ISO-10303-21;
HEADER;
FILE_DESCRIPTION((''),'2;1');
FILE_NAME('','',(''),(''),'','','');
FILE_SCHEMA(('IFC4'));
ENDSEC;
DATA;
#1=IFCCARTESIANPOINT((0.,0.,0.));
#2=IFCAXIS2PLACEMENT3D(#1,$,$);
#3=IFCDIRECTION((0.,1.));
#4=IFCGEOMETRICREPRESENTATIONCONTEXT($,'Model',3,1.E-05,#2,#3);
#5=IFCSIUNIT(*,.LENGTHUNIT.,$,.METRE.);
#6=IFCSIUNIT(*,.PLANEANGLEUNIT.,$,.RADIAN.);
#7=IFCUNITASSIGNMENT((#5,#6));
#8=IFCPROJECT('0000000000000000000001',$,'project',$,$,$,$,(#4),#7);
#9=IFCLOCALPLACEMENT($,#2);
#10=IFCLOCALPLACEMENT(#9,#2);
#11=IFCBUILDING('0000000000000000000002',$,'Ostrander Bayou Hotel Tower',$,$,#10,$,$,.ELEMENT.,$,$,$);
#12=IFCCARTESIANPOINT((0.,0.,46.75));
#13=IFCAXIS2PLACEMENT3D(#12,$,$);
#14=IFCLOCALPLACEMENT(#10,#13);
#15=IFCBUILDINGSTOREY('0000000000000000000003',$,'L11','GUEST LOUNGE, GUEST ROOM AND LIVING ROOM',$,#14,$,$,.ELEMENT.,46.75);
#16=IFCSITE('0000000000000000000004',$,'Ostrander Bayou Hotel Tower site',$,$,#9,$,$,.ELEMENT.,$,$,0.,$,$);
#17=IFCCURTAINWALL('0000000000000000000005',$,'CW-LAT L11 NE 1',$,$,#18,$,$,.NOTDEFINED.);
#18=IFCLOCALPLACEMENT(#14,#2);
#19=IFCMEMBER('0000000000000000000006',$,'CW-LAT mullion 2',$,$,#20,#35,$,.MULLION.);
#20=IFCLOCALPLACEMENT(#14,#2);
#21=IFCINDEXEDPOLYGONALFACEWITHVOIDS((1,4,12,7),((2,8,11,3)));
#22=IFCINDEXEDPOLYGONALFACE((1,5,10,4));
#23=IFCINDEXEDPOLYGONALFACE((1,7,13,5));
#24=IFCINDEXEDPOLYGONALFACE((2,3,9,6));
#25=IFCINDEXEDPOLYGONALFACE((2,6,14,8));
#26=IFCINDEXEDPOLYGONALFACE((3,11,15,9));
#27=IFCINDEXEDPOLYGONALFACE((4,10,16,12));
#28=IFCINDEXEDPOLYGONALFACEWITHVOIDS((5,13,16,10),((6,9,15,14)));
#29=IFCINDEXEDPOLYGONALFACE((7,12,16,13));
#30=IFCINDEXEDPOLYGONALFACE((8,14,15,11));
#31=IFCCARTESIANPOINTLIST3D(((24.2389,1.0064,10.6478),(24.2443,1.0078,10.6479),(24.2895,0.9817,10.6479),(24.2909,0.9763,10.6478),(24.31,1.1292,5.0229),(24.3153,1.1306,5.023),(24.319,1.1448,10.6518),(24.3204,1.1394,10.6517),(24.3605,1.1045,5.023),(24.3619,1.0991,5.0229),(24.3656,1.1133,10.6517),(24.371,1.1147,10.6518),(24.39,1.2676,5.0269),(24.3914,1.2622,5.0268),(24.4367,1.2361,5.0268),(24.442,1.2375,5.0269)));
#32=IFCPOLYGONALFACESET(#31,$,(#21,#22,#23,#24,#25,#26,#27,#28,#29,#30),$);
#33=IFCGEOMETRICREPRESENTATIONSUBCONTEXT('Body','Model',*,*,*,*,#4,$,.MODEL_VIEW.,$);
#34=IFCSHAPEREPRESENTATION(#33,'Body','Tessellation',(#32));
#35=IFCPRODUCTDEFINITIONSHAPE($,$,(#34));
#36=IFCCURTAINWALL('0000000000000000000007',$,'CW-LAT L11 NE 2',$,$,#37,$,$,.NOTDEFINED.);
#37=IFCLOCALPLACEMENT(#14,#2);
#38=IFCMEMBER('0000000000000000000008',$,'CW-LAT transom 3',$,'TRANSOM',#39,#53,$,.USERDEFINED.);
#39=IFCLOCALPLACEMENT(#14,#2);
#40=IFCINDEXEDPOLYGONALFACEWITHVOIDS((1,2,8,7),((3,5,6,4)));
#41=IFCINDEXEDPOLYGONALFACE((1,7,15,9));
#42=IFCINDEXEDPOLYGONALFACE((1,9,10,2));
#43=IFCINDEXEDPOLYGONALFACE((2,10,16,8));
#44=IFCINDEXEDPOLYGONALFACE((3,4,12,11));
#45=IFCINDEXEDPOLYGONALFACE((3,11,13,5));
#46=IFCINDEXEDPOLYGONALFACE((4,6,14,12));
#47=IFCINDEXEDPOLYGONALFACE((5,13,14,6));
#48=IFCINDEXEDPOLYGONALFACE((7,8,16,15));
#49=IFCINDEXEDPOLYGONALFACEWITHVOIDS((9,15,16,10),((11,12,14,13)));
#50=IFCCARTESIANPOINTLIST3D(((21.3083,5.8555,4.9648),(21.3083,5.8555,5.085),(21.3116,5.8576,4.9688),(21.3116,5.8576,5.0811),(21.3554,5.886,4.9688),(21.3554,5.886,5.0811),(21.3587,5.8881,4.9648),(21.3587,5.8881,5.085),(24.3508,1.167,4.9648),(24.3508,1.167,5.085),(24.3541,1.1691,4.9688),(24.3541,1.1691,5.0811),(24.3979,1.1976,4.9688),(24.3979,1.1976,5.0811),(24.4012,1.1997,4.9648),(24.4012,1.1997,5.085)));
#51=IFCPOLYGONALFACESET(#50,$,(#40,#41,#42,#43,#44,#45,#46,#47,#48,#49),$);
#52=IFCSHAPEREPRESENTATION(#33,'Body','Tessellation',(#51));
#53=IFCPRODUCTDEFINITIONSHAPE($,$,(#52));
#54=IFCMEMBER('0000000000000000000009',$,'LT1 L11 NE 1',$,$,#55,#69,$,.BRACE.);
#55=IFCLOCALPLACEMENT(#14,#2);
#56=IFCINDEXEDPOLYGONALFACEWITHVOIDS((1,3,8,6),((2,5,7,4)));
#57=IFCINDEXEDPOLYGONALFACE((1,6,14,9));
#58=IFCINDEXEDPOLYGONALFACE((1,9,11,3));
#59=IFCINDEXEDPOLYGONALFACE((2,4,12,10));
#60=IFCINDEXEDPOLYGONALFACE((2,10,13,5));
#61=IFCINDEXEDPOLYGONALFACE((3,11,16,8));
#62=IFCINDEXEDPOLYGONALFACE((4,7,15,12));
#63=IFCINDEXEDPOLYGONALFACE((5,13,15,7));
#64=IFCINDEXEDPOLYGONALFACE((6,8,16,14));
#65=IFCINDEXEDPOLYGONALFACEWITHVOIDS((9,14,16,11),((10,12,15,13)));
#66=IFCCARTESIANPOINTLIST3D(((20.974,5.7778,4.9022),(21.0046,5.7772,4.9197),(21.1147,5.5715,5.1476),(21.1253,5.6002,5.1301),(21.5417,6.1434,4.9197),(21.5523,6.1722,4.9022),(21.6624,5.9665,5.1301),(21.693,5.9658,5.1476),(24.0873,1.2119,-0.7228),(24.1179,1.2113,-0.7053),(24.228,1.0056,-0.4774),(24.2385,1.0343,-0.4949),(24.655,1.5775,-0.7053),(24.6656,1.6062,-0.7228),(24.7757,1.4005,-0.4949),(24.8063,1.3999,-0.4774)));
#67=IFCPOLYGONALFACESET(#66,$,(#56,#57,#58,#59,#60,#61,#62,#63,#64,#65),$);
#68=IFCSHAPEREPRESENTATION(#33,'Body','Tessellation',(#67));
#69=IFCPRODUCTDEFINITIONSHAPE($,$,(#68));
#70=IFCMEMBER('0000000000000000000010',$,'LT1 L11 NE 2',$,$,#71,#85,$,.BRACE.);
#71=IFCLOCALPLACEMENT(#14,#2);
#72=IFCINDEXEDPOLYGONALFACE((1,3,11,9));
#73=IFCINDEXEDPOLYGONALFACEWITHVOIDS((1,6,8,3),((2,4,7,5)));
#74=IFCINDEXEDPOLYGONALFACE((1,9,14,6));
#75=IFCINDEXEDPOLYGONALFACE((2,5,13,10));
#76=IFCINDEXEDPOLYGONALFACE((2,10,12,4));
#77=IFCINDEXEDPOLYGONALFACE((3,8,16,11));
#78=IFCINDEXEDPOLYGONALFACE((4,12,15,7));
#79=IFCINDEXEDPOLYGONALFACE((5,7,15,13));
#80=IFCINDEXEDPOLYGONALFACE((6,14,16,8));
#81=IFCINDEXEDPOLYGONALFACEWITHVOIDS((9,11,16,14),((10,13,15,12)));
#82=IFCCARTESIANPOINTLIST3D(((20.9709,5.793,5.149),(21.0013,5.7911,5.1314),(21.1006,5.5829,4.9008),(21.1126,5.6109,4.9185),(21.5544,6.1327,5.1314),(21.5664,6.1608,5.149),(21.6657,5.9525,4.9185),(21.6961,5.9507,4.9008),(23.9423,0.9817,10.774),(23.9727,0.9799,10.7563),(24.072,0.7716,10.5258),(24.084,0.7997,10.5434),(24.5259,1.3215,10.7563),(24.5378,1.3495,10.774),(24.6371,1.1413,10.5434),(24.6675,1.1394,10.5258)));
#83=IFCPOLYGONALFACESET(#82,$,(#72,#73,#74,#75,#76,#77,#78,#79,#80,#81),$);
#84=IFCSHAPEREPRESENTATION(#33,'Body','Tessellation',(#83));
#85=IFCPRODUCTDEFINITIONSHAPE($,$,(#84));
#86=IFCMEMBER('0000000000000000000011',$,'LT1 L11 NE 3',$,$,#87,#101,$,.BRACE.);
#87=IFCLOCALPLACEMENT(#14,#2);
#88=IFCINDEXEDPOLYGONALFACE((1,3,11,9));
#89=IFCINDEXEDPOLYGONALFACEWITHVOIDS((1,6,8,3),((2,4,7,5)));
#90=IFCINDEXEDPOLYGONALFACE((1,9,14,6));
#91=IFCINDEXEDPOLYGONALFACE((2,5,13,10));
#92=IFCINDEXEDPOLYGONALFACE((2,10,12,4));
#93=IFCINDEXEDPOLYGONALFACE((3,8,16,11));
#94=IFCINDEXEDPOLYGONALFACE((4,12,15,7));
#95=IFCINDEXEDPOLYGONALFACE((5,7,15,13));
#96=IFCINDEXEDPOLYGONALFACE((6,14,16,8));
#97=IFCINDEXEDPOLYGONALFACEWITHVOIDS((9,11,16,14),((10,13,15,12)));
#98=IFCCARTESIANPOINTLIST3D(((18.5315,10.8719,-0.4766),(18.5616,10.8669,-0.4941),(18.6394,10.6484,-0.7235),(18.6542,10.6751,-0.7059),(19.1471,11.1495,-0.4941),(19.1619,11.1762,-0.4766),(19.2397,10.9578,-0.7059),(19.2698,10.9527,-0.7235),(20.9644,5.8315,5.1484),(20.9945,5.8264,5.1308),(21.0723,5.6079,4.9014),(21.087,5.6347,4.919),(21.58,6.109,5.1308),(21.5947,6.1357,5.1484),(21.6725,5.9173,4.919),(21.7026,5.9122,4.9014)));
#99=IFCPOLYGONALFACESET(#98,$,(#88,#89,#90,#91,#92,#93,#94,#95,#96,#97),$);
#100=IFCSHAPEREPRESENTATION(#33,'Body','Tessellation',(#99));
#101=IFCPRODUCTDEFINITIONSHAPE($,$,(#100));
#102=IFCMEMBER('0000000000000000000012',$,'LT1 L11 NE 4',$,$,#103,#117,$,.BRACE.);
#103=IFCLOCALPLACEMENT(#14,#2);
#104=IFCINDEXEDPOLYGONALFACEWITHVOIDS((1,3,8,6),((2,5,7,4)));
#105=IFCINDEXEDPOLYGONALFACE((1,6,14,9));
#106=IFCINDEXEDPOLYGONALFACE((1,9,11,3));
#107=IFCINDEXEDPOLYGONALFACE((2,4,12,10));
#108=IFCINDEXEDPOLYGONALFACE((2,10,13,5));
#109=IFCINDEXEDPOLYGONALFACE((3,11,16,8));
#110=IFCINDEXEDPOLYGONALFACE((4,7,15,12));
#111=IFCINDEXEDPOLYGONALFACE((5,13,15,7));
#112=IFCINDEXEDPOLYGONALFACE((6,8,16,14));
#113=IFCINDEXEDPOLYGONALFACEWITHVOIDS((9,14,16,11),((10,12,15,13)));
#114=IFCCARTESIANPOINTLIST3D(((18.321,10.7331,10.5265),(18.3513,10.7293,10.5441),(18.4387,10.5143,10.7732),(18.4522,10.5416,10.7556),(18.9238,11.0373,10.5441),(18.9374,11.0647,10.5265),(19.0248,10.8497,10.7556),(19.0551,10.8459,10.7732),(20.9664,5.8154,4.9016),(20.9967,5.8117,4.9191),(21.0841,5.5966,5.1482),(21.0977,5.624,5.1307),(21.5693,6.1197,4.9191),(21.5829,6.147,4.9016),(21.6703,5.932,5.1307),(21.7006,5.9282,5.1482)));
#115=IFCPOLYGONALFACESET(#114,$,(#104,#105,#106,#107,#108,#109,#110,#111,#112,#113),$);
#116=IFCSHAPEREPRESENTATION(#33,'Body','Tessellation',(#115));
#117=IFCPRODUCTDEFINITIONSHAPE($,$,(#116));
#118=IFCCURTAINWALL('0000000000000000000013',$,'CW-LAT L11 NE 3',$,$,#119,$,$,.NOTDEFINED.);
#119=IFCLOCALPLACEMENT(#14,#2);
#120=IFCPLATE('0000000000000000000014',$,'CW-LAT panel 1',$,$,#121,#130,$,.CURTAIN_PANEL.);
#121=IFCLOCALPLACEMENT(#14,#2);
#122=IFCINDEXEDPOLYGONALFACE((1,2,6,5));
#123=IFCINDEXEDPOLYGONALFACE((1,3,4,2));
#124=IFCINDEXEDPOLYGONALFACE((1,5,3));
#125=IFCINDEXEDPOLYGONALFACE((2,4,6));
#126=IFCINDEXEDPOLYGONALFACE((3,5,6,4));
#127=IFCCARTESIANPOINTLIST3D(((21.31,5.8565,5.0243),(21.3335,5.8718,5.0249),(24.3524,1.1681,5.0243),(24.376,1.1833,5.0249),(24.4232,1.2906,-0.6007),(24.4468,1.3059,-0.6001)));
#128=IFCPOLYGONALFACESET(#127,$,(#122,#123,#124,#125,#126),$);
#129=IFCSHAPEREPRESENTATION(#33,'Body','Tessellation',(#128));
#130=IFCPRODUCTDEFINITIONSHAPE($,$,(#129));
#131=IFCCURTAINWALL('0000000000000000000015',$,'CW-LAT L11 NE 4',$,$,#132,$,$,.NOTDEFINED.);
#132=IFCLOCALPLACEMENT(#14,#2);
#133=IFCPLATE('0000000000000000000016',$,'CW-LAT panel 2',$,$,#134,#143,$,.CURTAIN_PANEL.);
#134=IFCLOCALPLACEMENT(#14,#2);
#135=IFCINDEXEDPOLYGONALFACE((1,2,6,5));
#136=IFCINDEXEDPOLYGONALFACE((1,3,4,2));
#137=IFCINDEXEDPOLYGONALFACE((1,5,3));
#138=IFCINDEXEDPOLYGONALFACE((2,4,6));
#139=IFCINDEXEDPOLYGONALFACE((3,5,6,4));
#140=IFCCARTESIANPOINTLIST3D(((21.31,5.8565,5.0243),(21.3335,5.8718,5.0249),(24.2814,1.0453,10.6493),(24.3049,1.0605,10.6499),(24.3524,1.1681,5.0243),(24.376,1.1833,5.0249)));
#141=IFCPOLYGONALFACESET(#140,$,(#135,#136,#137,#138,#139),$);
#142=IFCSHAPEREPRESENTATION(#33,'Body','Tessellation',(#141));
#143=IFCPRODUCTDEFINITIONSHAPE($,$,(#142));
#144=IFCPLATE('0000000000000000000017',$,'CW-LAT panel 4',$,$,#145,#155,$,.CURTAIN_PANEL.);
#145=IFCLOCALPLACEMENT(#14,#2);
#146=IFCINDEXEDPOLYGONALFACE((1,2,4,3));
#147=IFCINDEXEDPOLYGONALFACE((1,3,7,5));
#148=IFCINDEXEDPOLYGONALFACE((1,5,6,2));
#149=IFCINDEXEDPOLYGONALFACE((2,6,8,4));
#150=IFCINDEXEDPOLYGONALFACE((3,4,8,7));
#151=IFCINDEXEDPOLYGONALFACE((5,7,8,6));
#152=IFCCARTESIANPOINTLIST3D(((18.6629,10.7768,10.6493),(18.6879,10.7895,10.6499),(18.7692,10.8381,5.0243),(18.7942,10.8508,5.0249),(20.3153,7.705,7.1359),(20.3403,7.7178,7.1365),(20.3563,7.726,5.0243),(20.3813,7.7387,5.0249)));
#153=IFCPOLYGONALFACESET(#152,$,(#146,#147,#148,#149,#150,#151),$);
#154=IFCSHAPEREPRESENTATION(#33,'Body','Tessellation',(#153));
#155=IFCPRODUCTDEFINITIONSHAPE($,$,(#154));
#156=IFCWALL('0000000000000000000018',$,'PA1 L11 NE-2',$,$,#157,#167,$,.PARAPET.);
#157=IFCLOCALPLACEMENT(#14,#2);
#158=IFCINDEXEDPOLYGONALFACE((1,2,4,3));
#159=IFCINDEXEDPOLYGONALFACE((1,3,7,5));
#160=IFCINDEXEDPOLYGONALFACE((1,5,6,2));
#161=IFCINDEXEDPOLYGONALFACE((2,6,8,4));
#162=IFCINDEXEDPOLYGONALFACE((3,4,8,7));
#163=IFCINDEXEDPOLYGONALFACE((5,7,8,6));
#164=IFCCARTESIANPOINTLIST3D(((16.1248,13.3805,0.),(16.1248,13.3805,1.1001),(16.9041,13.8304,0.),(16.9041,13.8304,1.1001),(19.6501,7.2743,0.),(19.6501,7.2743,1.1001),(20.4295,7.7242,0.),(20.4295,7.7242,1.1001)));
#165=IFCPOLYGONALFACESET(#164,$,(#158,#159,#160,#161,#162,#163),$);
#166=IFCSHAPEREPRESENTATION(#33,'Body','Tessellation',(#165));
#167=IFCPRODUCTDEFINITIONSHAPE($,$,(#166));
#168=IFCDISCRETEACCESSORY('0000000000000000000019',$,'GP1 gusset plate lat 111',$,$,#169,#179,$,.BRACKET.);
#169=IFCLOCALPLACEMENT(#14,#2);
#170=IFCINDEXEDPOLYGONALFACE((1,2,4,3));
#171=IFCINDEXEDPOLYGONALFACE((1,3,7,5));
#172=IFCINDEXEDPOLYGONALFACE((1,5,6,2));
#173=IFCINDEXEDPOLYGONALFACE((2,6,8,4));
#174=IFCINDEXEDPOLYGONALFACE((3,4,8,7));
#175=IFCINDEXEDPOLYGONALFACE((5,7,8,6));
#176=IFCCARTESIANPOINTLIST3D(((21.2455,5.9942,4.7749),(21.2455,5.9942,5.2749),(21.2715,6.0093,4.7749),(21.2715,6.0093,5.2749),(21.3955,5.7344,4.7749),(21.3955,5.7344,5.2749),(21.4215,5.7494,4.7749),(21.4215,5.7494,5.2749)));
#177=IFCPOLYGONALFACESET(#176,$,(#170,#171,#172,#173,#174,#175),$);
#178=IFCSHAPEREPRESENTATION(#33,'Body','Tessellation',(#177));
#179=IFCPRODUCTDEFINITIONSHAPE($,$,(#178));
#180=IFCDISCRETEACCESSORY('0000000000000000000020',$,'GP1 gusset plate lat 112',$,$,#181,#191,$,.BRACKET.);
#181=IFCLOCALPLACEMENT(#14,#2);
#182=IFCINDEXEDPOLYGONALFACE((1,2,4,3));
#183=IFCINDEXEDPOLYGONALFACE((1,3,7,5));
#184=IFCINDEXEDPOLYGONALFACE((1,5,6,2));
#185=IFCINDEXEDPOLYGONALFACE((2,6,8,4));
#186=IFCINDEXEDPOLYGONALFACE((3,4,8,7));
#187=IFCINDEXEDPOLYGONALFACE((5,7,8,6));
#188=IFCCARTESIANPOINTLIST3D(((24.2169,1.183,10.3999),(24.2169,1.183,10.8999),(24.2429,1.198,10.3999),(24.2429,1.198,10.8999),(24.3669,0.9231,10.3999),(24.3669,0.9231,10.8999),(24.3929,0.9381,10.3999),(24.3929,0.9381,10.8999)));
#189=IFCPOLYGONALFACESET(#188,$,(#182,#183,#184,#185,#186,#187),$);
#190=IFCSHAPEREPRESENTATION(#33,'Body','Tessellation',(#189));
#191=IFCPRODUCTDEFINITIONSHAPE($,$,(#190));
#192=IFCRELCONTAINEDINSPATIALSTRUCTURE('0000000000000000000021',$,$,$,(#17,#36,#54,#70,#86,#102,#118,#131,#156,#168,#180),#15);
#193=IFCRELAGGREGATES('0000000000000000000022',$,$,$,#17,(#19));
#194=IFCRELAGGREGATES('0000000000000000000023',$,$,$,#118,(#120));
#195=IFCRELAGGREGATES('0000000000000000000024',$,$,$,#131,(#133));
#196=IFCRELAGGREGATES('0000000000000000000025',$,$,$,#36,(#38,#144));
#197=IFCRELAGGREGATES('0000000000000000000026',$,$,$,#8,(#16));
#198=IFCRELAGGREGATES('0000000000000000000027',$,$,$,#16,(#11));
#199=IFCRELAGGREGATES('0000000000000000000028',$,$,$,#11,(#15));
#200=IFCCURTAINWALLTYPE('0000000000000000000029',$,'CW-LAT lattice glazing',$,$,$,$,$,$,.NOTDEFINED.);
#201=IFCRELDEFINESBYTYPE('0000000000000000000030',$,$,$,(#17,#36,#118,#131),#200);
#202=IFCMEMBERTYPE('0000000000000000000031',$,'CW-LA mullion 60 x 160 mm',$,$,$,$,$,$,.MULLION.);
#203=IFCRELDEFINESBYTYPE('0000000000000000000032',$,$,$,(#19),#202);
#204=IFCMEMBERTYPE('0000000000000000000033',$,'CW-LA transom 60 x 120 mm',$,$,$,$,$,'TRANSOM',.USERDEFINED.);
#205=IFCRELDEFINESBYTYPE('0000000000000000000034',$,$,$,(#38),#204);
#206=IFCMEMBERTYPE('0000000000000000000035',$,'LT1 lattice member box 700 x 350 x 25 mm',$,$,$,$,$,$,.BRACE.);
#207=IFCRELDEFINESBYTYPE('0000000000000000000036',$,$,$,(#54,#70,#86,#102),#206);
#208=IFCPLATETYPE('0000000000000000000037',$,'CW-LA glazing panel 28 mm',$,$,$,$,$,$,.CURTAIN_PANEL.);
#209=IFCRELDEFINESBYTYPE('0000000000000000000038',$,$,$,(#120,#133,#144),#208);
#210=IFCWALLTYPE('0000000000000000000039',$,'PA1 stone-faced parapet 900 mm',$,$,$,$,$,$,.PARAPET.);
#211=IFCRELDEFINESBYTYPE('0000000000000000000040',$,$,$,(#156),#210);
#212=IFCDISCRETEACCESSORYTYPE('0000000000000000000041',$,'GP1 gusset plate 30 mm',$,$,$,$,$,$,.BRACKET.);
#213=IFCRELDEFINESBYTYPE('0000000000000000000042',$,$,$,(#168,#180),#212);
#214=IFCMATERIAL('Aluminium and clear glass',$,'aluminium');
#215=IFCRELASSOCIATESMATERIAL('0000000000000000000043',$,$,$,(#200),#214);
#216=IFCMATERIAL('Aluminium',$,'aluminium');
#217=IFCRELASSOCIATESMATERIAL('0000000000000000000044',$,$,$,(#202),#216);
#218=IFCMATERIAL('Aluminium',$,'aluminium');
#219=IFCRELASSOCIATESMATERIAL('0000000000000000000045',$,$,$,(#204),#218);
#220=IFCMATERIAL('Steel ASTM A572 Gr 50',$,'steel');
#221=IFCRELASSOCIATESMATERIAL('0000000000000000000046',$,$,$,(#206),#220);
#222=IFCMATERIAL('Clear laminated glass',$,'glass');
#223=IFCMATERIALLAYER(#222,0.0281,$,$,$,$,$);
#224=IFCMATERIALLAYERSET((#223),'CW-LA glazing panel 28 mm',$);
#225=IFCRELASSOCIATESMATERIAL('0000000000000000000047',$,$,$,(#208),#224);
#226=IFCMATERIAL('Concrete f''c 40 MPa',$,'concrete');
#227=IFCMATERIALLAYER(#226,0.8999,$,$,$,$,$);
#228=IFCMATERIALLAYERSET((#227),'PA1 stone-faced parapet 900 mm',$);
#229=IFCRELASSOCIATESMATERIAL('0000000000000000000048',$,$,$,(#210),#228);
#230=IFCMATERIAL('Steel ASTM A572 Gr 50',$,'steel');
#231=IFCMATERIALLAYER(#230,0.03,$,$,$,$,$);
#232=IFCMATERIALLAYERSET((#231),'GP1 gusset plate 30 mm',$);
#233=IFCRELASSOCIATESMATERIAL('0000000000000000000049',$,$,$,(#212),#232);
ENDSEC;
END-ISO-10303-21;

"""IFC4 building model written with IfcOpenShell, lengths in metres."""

from ifc_helpers import new_model, si_unit, direction, frame, frame_2d, origin, origin_2d, place, context, subcontext, project, spatial, polyline, rectangle, hollow_rectangle, outline, extrude, material, layer, layer_set, material_profile, profile_set, type_object, element, aggregate, save


model = new_model("IFC4")

# Units and contexts
model_context = context("Model", 3, precision=1e-05, world=origin(), true_north=direction((0.0, 1.0)))
body_context = subcontext(model_context, "Body", "Model", "MODEL_VIEW")
ifc_project = project(units=[si_unit("LENGTHUNIT", "METRE"), si_unit("PLANEANGLEUNIT", "RADIAN")], contexts=[model_context])

# Site, building, storey
site_placement = place(None, origin())
site = spatial("IfcSite", under=ifc_project, at=site_placement, Name="Ostrander Bayou Hotel Tower site", CompositionType="ELEMENT", RefElevation=0.0)
building_placement = place(site_placement, origin())
building = spatial("IfcBuilding", under=site, at=building_placement, Name="Ostrander Bayou Hotel Tower", CompositionType="ELEMENT")
storey_placement = place(building_placement, frame((0.0, 0.0, 46.75)))
storey = spatial("IfcBuildingStorey", under=building, at=storey_placement, Name="L11", Description="GUEST LOUNGE, GUEST ROOM AND LIVING ROOM", CompositionType="ELEMENT", Elevation=46.75)

# Curtain walls, members
ifc_material_1 = material(Name="Aluminium and clear glass", Category="aluminium")
curtain_wall_type = type_object("IfcCurtainWallType", Name="CW-LAT lattice glazing", PredefinedType="NOTDEFINED", material=ifc_material_1)
curtain_wall_1_placement = place(storey_placement, origin())
curtain_wall_1 = element("IfcCurtainWall", 1, at=curtain_wall_1_placement, inside=storey, type_object=curtain_wall_type, Name="CW-LAT L11 NE 1", PredefinedType="NOTDEFINED")
ifc_material_2 = material(Name="Aluminium", Category="aluminium")
ifc_material_profile_1 = material_profile(ifc_material_2, hollow_rectangle(XDim=0.0601, YDim=0.1599, WallThickness=0.0039, at=origin_2d()))
ifc_profile_set_1 = profile_set([ifc_material_profile_1], Name="Aluminium")
member_type_1 = type_object("IfcMemberType", Name="CW-LA mullion 60 x 160 mm", PredefinedType="MULLION", material=ifc_profile_set_1)
member_1_placement = place(storey_placement, frame((24.376, 1.1833, 5.0249), z_axis=(-0.012626, -0.021825, 0.999682), x_axis=(0.865583, -0.500765, 0.0)))
member_1 = element("IfcMember", 2, at=member_1_placement, type_object=member_type_1, Name="CW-LAT mullion 2", PredefinedType="MULLION", context=body_context, shape_type="SweptSolid", body=[
    extrude(hollow_rectangle(XDim=0.0601, YDim=0.1599, WallThickness=0.0039, at=origin_2d()), origin(), (0.0, 0.0, 1.0), 5.6267),
])
aggregate(curtain_wall_1, [member_1])
curtain_wall_2_placement = place(storey_placement, origin())
curtain_wall_2 = element("IfcCurtainWall", 3, at=curtain_wall_2_placement, inside=storey, type_object=curtain_wall_type, Name="CW-LAT L11 NE 2", PredefinedType="NOTDEFINED")
ifc_material_3 = material(Name="Aluminium", Category="aluminium")
ifc_material_profile_2 = material_profile(ifc_material_3, hollow_rectangle(XDim=0.0601, YDim=0.1201, WallThickness=0.0039, at=origin_2d()))
ifc_profile_set_2 = profile_set([ifc_material_profile_2], Name="Aluminium")
member_type_2 = type_object("IfcMemberType", Name="CW-LA transom 60 x 120 mm", ElementType="TRANSOM", PredefinedType="USERDEFINED", material=ifc_profile_set_2)
member_2_placement = place(storey_placement, frame((24.376, 1.1833, 5.0249), z_axis=(-0.544356, 0.838855, 0.0), x_axis=(-0.838855, -0.544356, 0.0)))
member_2 = element("IfcMember", 4, at=member_2_placement, type_object=member_type_2, Name="CW-LAT transom 3", ObjectType="TRANSOM", PredefinedType="USERDEFINED", context=body_context, shape_type="SweptSolid", body=[
    extrude(hollow_rectangle(XDim=0.0601, YDim=0.1201, WallThickness=0.0039, at=origin_2d()), origin(), (0.0, 0.0, 1.0), 5.5891),
])

# Members
ifc_material_4 = material(Name="Steel ASTM A572 Gr 50", Category="steel")
ifc_material_profile_3 = material_profile(ifc_material_4, hollow_rectangle(XDim=0.7, YDim=0.3501, WallThickness=0.0249, at=origin_2d()))
ifc_profile_set_3 = profile_set([ifc_material_profile_3], Name="Steel ASTM A572 Gr 50")
member_type_3 = type_object("IfcMemberType", Name="LT1 lattice member box 700 x 350 x 25 mm", PredefinedType="BRACE", material=ifc_profile_set_3)
member_3_placement = place(storey_placement, frame((21.3335, 5.8718, 5.0249), z_axis=(0.394812, -0.579029, -0.713337), x_axis=(0.826214, 0.563356, 0.0)))
element("IfcMember", 5, at=member_3_placement, inside=storey, type_object=member_type_3, Name="LT1 L11 NE 1", PredefinedType="BRACE", context=body_context, shape_type="SweptSolid", body=[
    extrude(hollow_rectangle(XDim=0.7, YDim=0.3501, WallThickness=0.0249, at=origin_2d()), origin(), (0.0, 0.0, 1.0), 7.8855),
])
member_4_placement = place(storey_placement, frame((21.3335, 5.8718, 5.0249), z_axis=(0.372542, -0.603211, 0.70523), x_axis=(0.850817, 0.525463, 0.0)))
element("IfcMember", 6, at=member_4_placement, inside=storey, type_object=member_type_3, Name="LT1 L11 NE 2", PredefinedType="BRACE", context=body_context, shape_type="SweptSolid", body=[
    extrude(hollow_rectangle(XDim=0.7, YDim=0.3501, WallThickness=0.0249, at=origin_2d()), origin(), (0.0, 0.0, 1.0), 7.9761),
])
member_5_placement = place(storey_placement, frame((21.3335, 5.8718, 5.0249), z_axis=(-0.306594, 0.635216, -0.708873), x_axis=(-0.900586, -0.434677, 0.0)))
element("IfcMember", 7, at=member_5_placement, inside=storey, type_object=member_type_3, Name="LT1 L11 NE 3", PredefinedType="BRACE", context=body_context, shape_type="SweptSolid", body=[
    extrude(hollow_rectangle(XDim=0.7, YDim=0.3501, WallThickness=0.0249, at=origin_2d()), origin(), (0.0, 0.0, 1.0), 7.9351),
])
member_6_placement = place(storey_placement, frame((21.3335, 5.8718, 5.0249), z_axis=(-0.333771, 0.620446, 0.709679), x_axis=(-0.880658, -0.473753, 0.0)))
element("IfcMember", 8, at=member_6_placement, inside=storey, type_object=member_type_3, Name="LT1 L11 NE 4", PredefinedType="BRACE", context=body_context, shape_type="SweptSolid", body=[
    extrude(hollow_rectangle(XDim=0.7, YDim=0.3501, WallThickness=0.0249, at=origin_2d()), origin(), (0.0, 0.0, 1.0), 7.926),
])

# Curtain walls, plates
curtain_wall_3_placement = place(storey_placement, origin())
curtain_wall_3 = element("IfcCurtainWall", 9, at=curtain_wall_3_placement, inside=storey, type_object=curtain_wall_type, Name="CW-LAT L11 NE 3", PredefinedType="NOTDEFINED")
ifc_material_5 = material(Name="Clear laminated glass", Category="glass")
ifc_layer_1 = layer(ifc_material_5, 0.0281)
ifc_layer_set_1 = layer_set([ifc_layer_1], Name="CW-LA glazing panel 28 mm")
plate_type = type_object("IfcPlateType", Name="CW-LA glazing panel 28 mm", PredefinedType="CURTAIN_PANEL", material=ifc_layer_set_1)
plate_1_placement = place(storey_placement, frame((21.3335, 5.8718, 5.0249), z_axis=(0.838644, 0.544219, 0.022413), x_axis=(0.394812, -0.579029, -0.713337)))
plate_1 = element("IfcPlate", 10, at=plate_1_placement, type_object=plate_type, Name="CW-LAT panel 1", PredefinedType="CURTAIN_PANEL", context=body_context, shape_type="SweptSolid", body=[
    extrude(outline(polyline([(0.0, 0.0), (7.8855, 0.0), (3.916, -3.9879), (0.0, 0.0)])), origin(), (0.0, 0.0, -1.0), 0.0281),
])
aggregate(curtain_wall_3, [plate_1])
curtain_wall_4_placement = place(storey_placement, origin())
curtain_wall_4 = element("IfcCurtainWall", 11, at=curtain_wall_4_placement, inside=storey, type_object=curtain_wall_type, Name="CW-LAT L11 NE 4", PredefinedType="NOTDEFINED")
plate_2_placement = place(storey_placement, frame((21.3335, 5.8718, 5.0249), z_axis=(0.838643, 0.544218, 0.022473), x_axis=(0.372542, -0.603211, 0.70523)))
plate_2 = element("IfcPlate", 12, at=plate_2_placement, type_object=plate_type, Name="CW-LAT panel 2", PredefinedType="CURTAIN_PANEL", context=body_context, shape_type="SweptSolid", body=[
    extrude(outline(polyline([(0.0, 0.0), (7.9761, 0.0), (3.9616, 3.9426), (0.0, 0.0)])), origin(), (0.0, 0.0, -1.0), 0.0281),
])
aggregate(curtain_wall_4, [plate_2])

# Plate
plate_3_placement = place(storey_placement, frame((20.3403, 7.7178, 7.1365), z_axis=(0.890634, 0.454199, 0.021778), x_axis=(-0.333769, 0.620456, 0.709671)))
plate_3 = element("IfcPlate", 13, at=plate_3_placement, type_object=plate_type, Name="CW-LAT panel 4", PredefinedType="CURTAIN_PANEL", context=body_context, shape_type="SweptSolid", body=[
    extrude(outline(polyline([(0.0, 0.0), (4.9508, 0.0), (0.9615, -3.9675), (-1.4992, -1.4877), (0.0, 0.0)])), origin(), (0.0, 0.0, -1.0), 0.0281),
])
aggregate(curtain_wall_2, [member_2, plate_3])

# Wall
ifc_material_6 = material(Name="Concrete f'c 40 MPa", Category="concrete")
ifc_layer_2 = layer(ifc_material_6, 0.8999)
ifc_layer_set_2 = layer_set([ifc_layer_2], Name="PA1 stone-faced parapet 900 mm")
wall_type = type_object("IfcWallType", Name="PA1 stone-faced parapet 900 mm", PredefinedType="PARAPET", material=ifc_layer_set_2)
wall_placement = place(storey_placement, frame((20.0398, 7.4993, 0.0), z_axis=(0.0, 0.0, 1.0), x_axis=(-0.499997, 0.866027, 0.0)))
element("IfcWall", 14, at=wall_placement, inside=storey, type_object=wall_type, Name="PA1 L11 NE-2", PredefinedType="PARAPET", context=body_context, shape_type="SweptSolid", body=[
    extrude(rectangle(XDim=7.0508, YDim=0.8999, at=frame_2d((3.5254, 0.0))), origin(), (0.0, 0.0, 1.0), 1.1001),
])

# Discrete accessories
ifc_material_7 = material(Name="Steel ASTM A572 Gr 50", Category="steel")
ifc_layer_3 = layer(ifc_material_7, 0.03)
ifc_layer_set_3 = layer_set([ifc_layer_3], Name="GP1 gusset plate 30 mm")
discrete_accessory_type = type_object("IfcDiscreteAccessoryType", Name="GP1 gusset plate 30 mm", PredefinedType="BRACKET", material=ifc_layer_set_3)
for number, where, z_axis, x_axis, name in (
    (15, (21.3335, 5.8718, 4.7749), (0.0, 0.0, 1.0), (-0.5, 0.866025, 0.0), "GP1 gusset plate lat 111"),
    (16, (24.3049, 1.0605, 10.3999), (0.0, 0.0, 1.0), (-0.5, 0.866025, 0.0), "GP1 gusset plate lat 112"),
):
    element("IfcDiscreteAccessory", number, at=place(storey_placement, frame(where, z_axis=z_axis, x_axis=x_axis)), inside=storey, type_object=discrete_accessory_type, Name=name, PredefinedType="BRACKET", context=body_context, shape_type="SweptSolid", body=[
        extrude(rectangle(XDim=0.3, YDim=0.03, at=origin_2d()), origin(), (0.0, 0.0, 1.0), 0.5),
    ])

save(model, "model.ifc")
